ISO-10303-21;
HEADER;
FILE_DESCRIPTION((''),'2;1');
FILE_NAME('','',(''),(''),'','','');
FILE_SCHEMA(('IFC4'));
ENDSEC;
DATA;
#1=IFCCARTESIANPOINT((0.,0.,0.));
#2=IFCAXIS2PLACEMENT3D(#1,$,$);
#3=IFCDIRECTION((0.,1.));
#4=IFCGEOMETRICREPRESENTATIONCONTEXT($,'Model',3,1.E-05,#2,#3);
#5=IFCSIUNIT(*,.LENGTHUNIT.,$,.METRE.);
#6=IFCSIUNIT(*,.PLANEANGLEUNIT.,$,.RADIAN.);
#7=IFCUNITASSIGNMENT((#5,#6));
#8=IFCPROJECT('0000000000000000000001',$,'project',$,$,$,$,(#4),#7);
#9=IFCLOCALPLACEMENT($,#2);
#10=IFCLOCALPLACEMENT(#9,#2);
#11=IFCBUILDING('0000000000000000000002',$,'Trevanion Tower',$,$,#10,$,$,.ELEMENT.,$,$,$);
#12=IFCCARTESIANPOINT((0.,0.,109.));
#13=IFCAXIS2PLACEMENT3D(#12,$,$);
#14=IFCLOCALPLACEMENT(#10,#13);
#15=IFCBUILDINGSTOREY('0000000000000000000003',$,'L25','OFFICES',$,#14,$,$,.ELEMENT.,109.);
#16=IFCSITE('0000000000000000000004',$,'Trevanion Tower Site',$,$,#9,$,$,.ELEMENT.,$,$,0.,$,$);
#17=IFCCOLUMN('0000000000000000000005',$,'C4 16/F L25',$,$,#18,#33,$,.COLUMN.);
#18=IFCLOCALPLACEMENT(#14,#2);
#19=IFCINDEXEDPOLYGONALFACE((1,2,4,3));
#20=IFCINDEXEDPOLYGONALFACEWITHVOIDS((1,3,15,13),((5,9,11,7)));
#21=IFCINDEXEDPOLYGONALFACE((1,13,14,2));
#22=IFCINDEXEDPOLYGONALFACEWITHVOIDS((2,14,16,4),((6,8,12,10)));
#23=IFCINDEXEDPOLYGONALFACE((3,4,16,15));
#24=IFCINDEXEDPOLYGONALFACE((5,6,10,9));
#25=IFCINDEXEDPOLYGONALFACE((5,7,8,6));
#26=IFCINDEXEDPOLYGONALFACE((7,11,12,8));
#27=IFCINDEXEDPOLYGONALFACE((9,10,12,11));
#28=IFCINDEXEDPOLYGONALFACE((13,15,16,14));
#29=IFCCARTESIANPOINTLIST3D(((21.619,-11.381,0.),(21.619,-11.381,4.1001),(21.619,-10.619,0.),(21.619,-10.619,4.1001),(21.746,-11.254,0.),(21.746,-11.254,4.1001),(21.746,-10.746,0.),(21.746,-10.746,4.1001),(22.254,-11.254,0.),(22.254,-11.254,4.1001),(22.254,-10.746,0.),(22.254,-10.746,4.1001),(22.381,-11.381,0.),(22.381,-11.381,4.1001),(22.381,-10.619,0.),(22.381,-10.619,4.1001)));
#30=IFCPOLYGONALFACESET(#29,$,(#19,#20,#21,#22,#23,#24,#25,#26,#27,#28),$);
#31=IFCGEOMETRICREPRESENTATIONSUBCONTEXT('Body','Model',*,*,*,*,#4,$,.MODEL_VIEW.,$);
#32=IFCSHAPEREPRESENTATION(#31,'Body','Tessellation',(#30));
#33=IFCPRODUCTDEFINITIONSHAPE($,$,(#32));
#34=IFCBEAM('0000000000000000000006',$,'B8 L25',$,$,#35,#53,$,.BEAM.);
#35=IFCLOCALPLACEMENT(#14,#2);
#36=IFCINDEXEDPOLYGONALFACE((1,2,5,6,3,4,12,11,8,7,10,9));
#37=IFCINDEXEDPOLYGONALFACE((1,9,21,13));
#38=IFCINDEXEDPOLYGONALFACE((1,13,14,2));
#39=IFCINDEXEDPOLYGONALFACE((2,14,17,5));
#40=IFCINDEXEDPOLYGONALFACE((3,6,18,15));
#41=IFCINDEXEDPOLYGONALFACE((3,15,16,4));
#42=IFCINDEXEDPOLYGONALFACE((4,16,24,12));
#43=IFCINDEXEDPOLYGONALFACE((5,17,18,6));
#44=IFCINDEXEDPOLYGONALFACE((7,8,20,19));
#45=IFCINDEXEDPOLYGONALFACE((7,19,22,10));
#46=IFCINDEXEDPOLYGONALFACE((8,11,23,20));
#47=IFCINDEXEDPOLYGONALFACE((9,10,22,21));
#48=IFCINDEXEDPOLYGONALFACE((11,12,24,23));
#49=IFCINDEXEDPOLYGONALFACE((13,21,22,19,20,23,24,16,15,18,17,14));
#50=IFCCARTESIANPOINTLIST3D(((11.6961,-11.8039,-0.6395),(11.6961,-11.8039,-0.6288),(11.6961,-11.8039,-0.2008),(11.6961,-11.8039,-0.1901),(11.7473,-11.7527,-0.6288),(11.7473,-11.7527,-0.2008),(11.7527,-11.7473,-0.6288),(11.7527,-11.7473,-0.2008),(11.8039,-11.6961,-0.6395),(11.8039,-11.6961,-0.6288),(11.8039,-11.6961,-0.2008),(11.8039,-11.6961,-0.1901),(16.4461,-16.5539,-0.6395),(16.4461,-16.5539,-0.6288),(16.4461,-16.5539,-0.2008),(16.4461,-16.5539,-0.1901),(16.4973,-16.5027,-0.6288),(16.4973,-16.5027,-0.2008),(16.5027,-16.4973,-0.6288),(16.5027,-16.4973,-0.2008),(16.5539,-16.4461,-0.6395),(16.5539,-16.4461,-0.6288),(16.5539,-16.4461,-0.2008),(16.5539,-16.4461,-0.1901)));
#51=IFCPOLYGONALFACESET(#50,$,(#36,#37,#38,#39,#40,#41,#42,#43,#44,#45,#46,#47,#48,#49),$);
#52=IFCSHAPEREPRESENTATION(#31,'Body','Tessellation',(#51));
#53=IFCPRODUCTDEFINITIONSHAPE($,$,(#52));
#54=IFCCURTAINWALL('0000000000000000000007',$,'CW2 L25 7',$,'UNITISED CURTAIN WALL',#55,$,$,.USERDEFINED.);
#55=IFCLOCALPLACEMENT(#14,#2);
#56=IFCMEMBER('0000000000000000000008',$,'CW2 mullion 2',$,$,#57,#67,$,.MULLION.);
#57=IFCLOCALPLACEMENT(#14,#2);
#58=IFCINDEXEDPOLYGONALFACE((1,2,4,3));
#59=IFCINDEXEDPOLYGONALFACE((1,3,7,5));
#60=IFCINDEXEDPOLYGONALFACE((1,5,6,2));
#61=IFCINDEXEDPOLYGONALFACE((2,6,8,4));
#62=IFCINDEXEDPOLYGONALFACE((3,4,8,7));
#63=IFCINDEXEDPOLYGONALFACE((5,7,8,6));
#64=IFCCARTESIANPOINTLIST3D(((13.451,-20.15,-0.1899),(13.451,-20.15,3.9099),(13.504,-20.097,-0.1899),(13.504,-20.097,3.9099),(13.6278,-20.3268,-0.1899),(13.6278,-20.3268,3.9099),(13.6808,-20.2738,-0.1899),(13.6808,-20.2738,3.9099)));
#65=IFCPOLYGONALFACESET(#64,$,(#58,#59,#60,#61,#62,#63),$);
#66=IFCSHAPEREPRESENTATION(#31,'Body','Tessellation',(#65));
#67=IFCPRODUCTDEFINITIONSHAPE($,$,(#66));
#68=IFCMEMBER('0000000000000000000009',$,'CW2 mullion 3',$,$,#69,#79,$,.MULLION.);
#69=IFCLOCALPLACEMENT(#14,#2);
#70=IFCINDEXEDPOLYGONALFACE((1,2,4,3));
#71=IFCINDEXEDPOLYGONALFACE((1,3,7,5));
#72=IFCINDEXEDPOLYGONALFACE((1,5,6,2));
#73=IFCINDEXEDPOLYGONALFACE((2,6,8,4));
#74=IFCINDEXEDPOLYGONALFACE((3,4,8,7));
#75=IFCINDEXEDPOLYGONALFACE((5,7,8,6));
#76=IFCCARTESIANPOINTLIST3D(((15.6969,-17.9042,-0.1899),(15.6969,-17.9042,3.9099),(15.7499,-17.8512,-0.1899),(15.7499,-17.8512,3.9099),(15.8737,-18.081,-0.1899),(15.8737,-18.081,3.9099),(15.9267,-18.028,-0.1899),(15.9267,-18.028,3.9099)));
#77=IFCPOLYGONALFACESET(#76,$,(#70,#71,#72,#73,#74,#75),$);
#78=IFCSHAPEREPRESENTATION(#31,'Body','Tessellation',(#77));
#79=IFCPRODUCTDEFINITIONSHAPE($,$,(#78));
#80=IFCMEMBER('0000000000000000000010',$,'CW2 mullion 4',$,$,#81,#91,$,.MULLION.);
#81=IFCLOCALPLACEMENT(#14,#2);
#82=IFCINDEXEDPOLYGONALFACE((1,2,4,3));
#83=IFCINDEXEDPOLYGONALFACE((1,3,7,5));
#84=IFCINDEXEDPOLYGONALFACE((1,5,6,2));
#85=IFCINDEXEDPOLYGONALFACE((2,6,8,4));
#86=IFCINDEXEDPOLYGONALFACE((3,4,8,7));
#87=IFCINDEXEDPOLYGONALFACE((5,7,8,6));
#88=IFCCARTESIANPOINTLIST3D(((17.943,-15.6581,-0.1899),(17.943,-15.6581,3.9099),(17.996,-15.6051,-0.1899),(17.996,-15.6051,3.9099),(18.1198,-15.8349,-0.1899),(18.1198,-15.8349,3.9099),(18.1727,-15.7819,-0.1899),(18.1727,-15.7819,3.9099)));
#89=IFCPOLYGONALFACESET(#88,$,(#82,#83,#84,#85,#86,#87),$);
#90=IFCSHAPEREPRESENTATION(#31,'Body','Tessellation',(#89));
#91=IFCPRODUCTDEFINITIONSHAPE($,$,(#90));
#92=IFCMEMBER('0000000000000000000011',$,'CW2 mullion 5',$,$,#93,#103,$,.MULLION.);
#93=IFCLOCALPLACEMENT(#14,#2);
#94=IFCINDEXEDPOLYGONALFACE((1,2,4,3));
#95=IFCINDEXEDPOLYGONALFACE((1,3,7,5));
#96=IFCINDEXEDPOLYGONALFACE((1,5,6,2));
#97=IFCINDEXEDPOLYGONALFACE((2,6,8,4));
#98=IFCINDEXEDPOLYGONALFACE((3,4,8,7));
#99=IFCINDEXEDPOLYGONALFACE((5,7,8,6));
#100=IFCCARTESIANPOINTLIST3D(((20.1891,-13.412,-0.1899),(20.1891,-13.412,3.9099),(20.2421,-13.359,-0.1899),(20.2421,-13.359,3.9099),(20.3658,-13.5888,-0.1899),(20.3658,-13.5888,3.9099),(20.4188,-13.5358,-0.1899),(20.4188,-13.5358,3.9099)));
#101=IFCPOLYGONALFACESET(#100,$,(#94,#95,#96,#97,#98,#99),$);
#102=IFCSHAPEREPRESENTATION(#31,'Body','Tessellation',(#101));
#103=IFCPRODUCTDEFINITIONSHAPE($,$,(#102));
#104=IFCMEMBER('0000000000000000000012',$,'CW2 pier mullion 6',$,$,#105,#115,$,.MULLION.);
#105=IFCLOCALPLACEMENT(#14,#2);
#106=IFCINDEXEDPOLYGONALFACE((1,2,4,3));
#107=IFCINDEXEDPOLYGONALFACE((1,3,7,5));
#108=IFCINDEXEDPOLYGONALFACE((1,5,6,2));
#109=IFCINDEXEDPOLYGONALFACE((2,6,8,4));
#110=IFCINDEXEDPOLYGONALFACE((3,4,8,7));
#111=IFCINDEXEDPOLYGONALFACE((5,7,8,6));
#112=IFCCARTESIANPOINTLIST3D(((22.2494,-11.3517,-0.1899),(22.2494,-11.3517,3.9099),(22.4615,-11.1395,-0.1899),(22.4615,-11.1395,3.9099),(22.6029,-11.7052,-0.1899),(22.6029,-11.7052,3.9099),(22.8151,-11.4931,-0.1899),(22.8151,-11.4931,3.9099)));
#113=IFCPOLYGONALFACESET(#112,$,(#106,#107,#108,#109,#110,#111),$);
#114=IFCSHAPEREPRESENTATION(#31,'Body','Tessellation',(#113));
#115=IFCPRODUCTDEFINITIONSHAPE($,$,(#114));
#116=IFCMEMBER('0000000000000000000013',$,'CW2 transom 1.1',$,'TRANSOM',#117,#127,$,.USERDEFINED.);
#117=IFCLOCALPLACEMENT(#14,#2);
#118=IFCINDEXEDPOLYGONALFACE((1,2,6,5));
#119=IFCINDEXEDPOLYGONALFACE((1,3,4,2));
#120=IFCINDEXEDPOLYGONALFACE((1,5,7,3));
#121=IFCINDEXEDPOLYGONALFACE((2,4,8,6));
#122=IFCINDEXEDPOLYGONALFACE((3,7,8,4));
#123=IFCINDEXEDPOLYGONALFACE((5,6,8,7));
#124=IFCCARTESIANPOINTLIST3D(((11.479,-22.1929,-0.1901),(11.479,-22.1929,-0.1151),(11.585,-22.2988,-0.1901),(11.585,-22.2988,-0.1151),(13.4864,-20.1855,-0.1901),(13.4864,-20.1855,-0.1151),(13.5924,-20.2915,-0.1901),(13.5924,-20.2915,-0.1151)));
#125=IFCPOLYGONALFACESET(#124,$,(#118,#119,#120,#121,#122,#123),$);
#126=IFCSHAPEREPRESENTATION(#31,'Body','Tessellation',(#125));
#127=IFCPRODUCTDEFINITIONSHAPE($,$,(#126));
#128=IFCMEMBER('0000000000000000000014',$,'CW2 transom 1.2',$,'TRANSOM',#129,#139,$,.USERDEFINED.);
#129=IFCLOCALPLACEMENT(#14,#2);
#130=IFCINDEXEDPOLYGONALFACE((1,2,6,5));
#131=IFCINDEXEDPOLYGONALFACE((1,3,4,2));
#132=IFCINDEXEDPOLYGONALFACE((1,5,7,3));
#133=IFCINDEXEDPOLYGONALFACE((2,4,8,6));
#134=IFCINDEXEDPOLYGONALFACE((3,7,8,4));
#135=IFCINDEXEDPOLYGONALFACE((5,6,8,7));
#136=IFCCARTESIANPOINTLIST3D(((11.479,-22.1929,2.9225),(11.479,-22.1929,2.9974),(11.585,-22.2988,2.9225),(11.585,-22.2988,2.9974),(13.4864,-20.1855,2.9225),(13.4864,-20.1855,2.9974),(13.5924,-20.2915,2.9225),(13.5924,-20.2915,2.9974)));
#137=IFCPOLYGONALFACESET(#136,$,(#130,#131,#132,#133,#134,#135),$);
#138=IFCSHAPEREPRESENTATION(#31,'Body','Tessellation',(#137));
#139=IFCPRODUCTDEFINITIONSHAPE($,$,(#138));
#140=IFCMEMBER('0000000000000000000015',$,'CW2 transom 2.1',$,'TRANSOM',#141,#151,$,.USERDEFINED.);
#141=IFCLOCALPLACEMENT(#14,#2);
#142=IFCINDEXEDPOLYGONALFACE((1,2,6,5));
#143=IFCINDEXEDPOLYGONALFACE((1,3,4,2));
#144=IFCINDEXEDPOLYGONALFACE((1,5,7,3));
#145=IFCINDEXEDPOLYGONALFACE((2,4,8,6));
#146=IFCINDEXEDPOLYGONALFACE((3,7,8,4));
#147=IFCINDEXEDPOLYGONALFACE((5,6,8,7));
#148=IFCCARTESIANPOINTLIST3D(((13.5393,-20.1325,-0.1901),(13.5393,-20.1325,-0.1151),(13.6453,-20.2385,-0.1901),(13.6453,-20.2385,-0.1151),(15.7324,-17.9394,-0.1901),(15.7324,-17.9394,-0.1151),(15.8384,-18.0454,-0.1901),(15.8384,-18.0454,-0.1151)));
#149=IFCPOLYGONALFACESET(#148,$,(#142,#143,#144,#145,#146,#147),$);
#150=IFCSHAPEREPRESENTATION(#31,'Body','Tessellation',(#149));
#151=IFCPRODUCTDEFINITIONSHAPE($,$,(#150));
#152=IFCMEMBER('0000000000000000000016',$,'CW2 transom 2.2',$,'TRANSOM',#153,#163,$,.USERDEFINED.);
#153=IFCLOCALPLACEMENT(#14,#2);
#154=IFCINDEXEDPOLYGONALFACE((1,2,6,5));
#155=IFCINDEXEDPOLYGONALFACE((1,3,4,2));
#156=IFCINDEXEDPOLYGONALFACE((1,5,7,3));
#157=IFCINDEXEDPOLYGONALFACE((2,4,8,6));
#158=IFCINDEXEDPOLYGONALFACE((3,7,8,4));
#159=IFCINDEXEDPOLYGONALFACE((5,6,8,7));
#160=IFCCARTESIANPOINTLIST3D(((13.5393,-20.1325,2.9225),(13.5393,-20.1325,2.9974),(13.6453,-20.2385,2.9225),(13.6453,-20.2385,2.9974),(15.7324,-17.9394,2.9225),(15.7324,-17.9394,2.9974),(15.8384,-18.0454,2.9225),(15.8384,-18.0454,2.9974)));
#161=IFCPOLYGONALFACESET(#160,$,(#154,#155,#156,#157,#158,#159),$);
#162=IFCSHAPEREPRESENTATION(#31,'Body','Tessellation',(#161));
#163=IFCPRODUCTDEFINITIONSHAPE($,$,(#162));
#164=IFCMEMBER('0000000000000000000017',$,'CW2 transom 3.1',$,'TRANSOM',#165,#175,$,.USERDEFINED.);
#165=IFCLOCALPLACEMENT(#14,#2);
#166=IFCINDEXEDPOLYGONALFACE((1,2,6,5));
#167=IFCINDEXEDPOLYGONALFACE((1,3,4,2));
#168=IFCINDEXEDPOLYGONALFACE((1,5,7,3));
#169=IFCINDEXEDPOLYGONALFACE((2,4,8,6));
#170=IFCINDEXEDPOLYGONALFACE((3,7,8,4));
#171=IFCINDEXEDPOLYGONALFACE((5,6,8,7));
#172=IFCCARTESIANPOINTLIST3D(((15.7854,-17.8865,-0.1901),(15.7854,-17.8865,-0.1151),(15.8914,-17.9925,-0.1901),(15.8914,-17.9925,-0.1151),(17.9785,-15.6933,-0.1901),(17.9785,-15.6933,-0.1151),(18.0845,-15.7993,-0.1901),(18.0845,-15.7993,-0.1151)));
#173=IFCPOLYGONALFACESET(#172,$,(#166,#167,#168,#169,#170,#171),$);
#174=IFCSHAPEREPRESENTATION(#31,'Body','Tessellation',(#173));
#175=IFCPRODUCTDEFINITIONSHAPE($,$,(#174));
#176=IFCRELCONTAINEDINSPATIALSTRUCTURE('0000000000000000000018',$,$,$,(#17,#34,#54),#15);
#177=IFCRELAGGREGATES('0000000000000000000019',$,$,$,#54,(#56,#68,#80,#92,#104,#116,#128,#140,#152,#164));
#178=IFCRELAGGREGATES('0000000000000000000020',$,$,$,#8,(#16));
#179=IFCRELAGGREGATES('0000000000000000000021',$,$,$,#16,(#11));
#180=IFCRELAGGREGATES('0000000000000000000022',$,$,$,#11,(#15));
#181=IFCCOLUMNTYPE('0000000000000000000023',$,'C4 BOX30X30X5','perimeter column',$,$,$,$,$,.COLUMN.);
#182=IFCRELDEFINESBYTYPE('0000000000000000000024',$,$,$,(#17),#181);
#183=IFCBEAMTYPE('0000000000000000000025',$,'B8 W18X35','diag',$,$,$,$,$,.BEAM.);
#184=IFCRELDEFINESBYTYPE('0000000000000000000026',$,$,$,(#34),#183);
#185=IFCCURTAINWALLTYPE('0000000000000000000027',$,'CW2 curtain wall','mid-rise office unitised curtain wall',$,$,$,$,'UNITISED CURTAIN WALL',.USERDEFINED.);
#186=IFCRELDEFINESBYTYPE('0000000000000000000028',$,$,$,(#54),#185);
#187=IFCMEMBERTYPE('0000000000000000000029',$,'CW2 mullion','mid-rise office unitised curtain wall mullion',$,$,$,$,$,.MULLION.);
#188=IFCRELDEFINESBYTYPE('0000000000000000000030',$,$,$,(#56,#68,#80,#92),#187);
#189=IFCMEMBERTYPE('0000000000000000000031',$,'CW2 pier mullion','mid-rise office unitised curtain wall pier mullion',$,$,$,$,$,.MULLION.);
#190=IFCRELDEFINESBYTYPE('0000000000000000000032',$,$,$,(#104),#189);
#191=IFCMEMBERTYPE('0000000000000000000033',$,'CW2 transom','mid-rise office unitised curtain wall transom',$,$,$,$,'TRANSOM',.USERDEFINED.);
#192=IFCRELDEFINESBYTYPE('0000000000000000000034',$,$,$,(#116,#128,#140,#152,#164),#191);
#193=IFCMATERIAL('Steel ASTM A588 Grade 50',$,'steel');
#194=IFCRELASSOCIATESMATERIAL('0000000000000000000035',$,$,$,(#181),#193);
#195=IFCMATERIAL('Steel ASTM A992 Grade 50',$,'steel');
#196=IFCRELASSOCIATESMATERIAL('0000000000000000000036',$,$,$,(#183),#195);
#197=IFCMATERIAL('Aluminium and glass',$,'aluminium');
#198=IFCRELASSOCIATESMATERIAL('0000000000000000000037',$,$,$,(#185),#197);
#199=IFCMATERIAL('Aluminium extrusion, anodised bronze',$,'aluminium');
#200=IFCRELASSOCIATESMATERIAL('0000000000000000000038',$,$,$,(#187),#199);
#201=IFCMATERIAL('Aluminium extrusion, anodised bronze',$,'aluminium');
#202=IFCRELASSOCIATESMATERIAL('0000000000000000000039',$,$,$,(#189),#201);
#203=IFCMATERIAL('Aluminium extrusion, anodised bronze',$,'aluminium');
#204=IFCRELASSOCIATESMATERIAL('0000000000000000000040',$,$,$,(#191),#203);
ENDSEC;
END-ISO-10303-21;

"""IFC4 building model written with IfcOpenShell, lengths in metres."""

from ifc_helpers import new_model, si_unit, direction, frame, origin, origin_2d, place, context, subcontext, project, spatial, rectangle, hollow_rectangle, i_section, extrude, material, material_profile, profile_set, type_object, element, aggregate, save


model = new_model("IFC4")

# Units and contexts
model_context = context("Model", 3, precision=1e-05, world=origin(), true_north=direction((0.0, 1.0)))
body_context = subcontext(model_context, "Body", "Model", "MODEL_VIEW")
ifc_project = project(units=[si_unit("LENGTHUNIT", "METRE"), si_unit("PLANEANGLEUNIT", "RADIAN")], contexts=[model_context])

# Site, building, storey
site_placement = place(None, origin())
site = spatial("IfcSite", under=ifc_project, at=site_placement, Name="Trevanion Tower Site", CompositionType="ELEMENT", RefElevation=0.0)
building_placement = place(site_placement, origin())
building = spatial("IfcBuilding", under=site, at=building_placement, Name="Trevanion Tower", CompositionType="ELEMENT")
storey_placement = place(building_placement, frame((0.0, 0.0, 109.0)))
storey = spatial("IfcBuildingStorey", under=building, at=storey_placement, Name="L25", Description="OFFICES", CompositionType="ELEMENT", Elevation=109.0)

# Column
ifc_material_1 = material(Name="Steel ASTM A588 Grade 50", Category="steel")
ifc_material_profile_1 = material_profile(ifc_material_1, hollow_rectangle(XDim=0.762, YDim=0.762, WallThickness=0.127, at=origin_2d()), Name="BOX30X30X5")
ifc_profile_set_1 = profile_set([ifc_material_profile_1], Name="Steel ASTM A588 Grade 50")
column_type = type_object("IfcColumnType", Name="C4 BOX30X30X5", Description="perimeter column", PredefinedType="COLUMN", material=ifc_profile_set_1)
column_placement = place(storey_placement, frame((22.0, -11.0, 0.0), z_axis=(0.0, 0.0, 1.0), x_axis=(0.0, 1.0, 0.0)))
element("IfcColumn", 1, at=column_placement, inside=storey, type_object=column_type, Name="C4 16/F L25", PredefinedType="COLUMN", context=body_context, shape_type="SweptSolid", body=[
    extrude(hollow_rectangle(XDim=0.762, YDim=0.762, WallThickness=0.127, at=origin_2d()), origin(), (0.0, 0.0, 1.0), 4.1001),
])

# Beam
ifc_material_2 = material(Name="Steel ASTM A992 Grade 50", Category="steel")
ifc_material_profile_2 = material_profile(ifc_material_2, i_section(OverallWidth=0.1523, OverallDepth=0.4495, WebThickness=0.0076, FlangeThickness=0.0107, at=origin_2d()), Name="W18X35")
ifc_profile_set_2 = profile_set([ifc_material_profile_2], Name="Steel ASTM A992 Grade 50")
beam_type_1 = type_object("IfcBeamType", Name="B8 W18X35", Description="diag", PredefinedType="BEAM", material=ifc_profile_set_2)
beam_1_placement = place(storey_placement, frame((11.75, -11.75, -0.4148), z_axis=(0.707107, -0.707107, 0.0), x_axis=(0.707107, 0.707107, 0.0)))
element("IfcBeam", 2, at=beam_1_placement, inside=storey, type_object=beam_type_1, Name="B8 L25", PredefinedType="BEAM", context=body_context, shape_type="SweptSolid", body=[
    extrude(i_section(OverallWidth=0.1523, OverallDepth=0.4495, WebThickness=0.0076, FlangeThickness=0.0107, at=origin_2d()), origin(), (0.0, 0.0, 1.0), 6.7175),
])

# Curtain wall, members
ifc_material_3 = material(Name="Aluminium and glass", Category="aluminium")
curtain_wall_type = type_object("IfcCurtainWallType", Name="CW2 curtain wall", Description="mid-rise office unitised curtain wall", ElementType="UNITISED CURTAIN WALL", PredefinedType="USERDEFINED", material=ifc_material_3)
curtain_wall_placement = place(storey_placement, origin())
curtain_wall = element("IfcCurtainWall", 3, at=curtain_wall_placement, inside=storey, type_object=curtain_wall_type, Name="CW2 L25 7", ObjectType="UNITISED CURTAIN WALL", PredefinedType="USERDEFINED")
ifc_material_4 = material(Name="Aluminium extrusion, anodised bronze", Category="aluminium")
ifc_material_profile_3 = material_profile(ifc_material_4, rectangle(XDim=0.075, YDim=0.25, at=origin_2d()), Name="CW2 mullion")
ifc_profile_set_3 = profile_set([ifc_material_profile_3], Name="Aluminium extrusion, anodised bronze")
member_type_1 = type_object("IfcMemberType", Name="CW2 mullion", Description="mid-rise office unitised curtain wall mullion", PredefinedType="MULLION", material=ifc_profile_set_3)
member_1_placement = place(storey_placement, frame((13.5659, -20.2119, -0.1899), z_axis=(0.0, 0.0, 1.0), x_axis=(0.707107, 0.707107, 0.0)))
member_1 = element("IfcMember", 4, at=member_1_placement, type_object=member_type_1, Name="CW2 mullion 2", PredefinedType="MULLION", context=body_context, shape_type="SweptSolid", body=[
    extrude(rectangle(XDim=0.075, YDim=0.25, at=origin_2d()), origin(), (0.0, 0.0, 1.0), 4.0999),
])
member_2_placement = place(storey_placement, frame((15.8118, -17.9661, -0.1899), z_axis=(0.0, 0.0, 1.0), x_axis=(0.707107, 0.707107, 0.0)))
member_2 = element("IfcMember", 5, at=member_2_placement, type_object=member_type_1, Name="CW2 mullion 3", PredefinedType="MULLION", context=body_context, shape_type="SweptSolid", body=[
    extrude(rectangle(XDim=0.075, YDim=0.25, at=origin_2d()), origin(), (0.0, 0.0, 1.0), 4.0999),
])
member_3_placement = place(storey_placement, frame((18.0579, -15.72, -0.1899), z_axis=(0.0, 0.0, 1.0), x_axis=(0.707107, 0.707107, 0.0)))
member_3 = element("IfcMember", 6, at=member_3_placement, type_object=member_type_1, Name="CW2 mullion 4", PredefinedType="MULLION", context=body_context, shape_type="SweptSolid", body=[
    extrude(rectangle(XDim=0.075, YDim=0.25, at=origin_2d()), origin(), (0.0, 0.0, 1.0), 4.0999),
])
member_4_placement = place(storey_placement, frame((20.304, -13.4739, -0.1899), z_axis=(0.0, 0.0, 1.0), x_axis=(0.707107, 0.707107, 0.0)))
member_4 = element("IfcMember", 7, at=member_4_placement, type_object=member_type_1, Name="CW2 mullion 5", PredefinedType="MULLION", context=body_context, shape_type="SweptSolid", body=[
    extrude(rectangle(XDim=0.075, YDim=0.25, at=origin_2d()), origin(), (0.0, 0.0, 1.0), 4.0999),
])
ifc_material_5 = material(Name="Aluminium extrusion, anodised bronze", Category="aluminium")
ifc_material_profile_4 = material_profile(ifc_material_5, rectangle(XDim=0.3, YDim=0.5, at=origin_2d()), Name="CW2 pier mullion")
ifc_profile_set_4 = profile_set([ifc_material_profile_4], Name="Aluminium extrusion, anodised bronze")
member_type_2 = type_object("IfcMemberType", Name="CW2 pier mullion", Description="mid-rise office unitised curtain wall pier mullion", PredefinedType="MULLION", material=ifc_profile_set_4)
member_5_placement = place(storey_placement, frame((22.5322, -11.4224, -0.1899), z_axis=(0.0, 0.0, 1.0), x_axis=(0.707107, 0.707107, 0.0)))
member_5 = element("IfcMember", 8, at=member_5_placement, type_object=member_type_2, Name="CW2 pier mullion 6", PredefinedType="MULLION", context=body_context, shape_type="SweptSolid", body=[
    extrude(rectangle(XDim=0.3, YDim=0.5, at=origin_2d()), origin(), (0.0, 0.0, 1.0), 4.0999),
])
ifc_material_6 = material(Name="Aluminium extrusion, anodised bronze", Category="aluminium")
ifc_material_profile_5 = material_profile(ifc_material_6, rectangle(XDim=0.1499, YDim=0.075, at=origin_2d()), Name="CW2 transom")
ifc_profile_set_5 = profile_set([ifc_material_profile_5], Name="Aluminium extrusion, anodised bronze")
member_type_3 = type_object("IfcMemberType", Name="CW2 transom", Description="mid-rise office unitised curtain wall transom", ElementType="TRANSOM", PredefinedType="USERDEFINED", material=ifc_profile_set_5)
member_6_placement = place(storey_placement, frame((11.532, -22.2458, -0.1526), z_axis=(0.707107, 0.707107, 0.0), x_axis=(-0.707107, 0.707107, 0.0)))
member_6 = element("IfcMember", 9, at=member_6_placement, type_object=member_type_3, Name="CW2 transom 1.1", ObjectType="TRANSOM", PredefinedType="USERDEFINED", context=body_context, shape_type="SweptSolid", body=[
    extrude(rectangle(XDim=0.1499, YDim=0.075, at=origin_2d()), origin(), (0.0, 0.0, 1.0), 2.8389),
])
member_7_placement = place(storey_placement, frame((11.532, -22.2458, 2.96), z_axis=(0.707107, 0.707107, 0.0), x_axis=(-0.707107, 0.707107, 0.0)))
member_7 = element("IfcMember", 10, at=member_7_placement, type_object=member_type_3, Name="CW2 transom 1.2", ObjectType="TRANSOM", PredefinedType="USERDEFINED", context=body_context, shape_type="SweptSolid", body=[
    extrude(rectangle(XDim=0.1499, YDim=0.075, at=origin_2d()), origin(), (0.0, 0.0, 1.0), 2.8389),
])
member_8_placement = place(storey_placement, frame((13.5923, -20.1855, -0.1526), z_axis=(0.707107, 0.707107, 0.0), x_axis=(-0.707107, 0.707107, 0.0)))
member_8 = element("IfcMember", 11, at=member_8_placement, type_object=member_type_3, Name="CW2 transom 2.1", ObjectType="TRANSOM", PredefinedType="USERDEFINED", context=body_context, shape_type="SweptSolid", body=[
    extrude(rectangle(XDim=0.1499, YDim=0.075, at=origin_2d()), origin(), (0.0, 0.0, 1.0), 3.1016),
])
member_9_placement = place(storey_placement, frame((13.5923, -20.1855, 2.96), z_axis=(0.707107, 0.707107, 0.0), x_axis=(-0.707107, 0.707107, 0.0)))
member_9 = element("IfcMember", 12, at=member_9_placement, type_object=member_type_3, Name="CW2 transom 2.2", ObjectType="TRANSOM", PredefinedType="USERDEFINED", context=body_context, shape_type="SweptSolid", body=[
    extrude(rectangle(XDim=0.1499, YDim=0.075, at=origin_2d()), origin(), (0.0, 0.0, 1.0), 3.1016),
])
member_10_placement = place(storey_placement, frame((15.8384, -17.9395, -0.1526), z_axis=(0.707107, 0.707107, 0.0), x_axis=(-0.707107, 0.707107, 0.0)))
member_10 = element("IfcMember", 13, at=member_10_placement, type_object=member_type_3, Name="CW2 transom 3.1", ObjectType="TRANSOM", PredefinedType="USERDEFINED", context=body_context, shape_type="SweptSolid", body=[
    extrude(rectangle(XDim=0.1499, YDim=0.075, at=origin_2d()), origin(), (0.0, 0.0, 1.0), 3.1016),
])

aggregate(curtain_wall, [member_1, member_2, member_3, member_4, member_5, member_6, member_7, member_8, member_9, member_10])

save(model, "model.ifc")
